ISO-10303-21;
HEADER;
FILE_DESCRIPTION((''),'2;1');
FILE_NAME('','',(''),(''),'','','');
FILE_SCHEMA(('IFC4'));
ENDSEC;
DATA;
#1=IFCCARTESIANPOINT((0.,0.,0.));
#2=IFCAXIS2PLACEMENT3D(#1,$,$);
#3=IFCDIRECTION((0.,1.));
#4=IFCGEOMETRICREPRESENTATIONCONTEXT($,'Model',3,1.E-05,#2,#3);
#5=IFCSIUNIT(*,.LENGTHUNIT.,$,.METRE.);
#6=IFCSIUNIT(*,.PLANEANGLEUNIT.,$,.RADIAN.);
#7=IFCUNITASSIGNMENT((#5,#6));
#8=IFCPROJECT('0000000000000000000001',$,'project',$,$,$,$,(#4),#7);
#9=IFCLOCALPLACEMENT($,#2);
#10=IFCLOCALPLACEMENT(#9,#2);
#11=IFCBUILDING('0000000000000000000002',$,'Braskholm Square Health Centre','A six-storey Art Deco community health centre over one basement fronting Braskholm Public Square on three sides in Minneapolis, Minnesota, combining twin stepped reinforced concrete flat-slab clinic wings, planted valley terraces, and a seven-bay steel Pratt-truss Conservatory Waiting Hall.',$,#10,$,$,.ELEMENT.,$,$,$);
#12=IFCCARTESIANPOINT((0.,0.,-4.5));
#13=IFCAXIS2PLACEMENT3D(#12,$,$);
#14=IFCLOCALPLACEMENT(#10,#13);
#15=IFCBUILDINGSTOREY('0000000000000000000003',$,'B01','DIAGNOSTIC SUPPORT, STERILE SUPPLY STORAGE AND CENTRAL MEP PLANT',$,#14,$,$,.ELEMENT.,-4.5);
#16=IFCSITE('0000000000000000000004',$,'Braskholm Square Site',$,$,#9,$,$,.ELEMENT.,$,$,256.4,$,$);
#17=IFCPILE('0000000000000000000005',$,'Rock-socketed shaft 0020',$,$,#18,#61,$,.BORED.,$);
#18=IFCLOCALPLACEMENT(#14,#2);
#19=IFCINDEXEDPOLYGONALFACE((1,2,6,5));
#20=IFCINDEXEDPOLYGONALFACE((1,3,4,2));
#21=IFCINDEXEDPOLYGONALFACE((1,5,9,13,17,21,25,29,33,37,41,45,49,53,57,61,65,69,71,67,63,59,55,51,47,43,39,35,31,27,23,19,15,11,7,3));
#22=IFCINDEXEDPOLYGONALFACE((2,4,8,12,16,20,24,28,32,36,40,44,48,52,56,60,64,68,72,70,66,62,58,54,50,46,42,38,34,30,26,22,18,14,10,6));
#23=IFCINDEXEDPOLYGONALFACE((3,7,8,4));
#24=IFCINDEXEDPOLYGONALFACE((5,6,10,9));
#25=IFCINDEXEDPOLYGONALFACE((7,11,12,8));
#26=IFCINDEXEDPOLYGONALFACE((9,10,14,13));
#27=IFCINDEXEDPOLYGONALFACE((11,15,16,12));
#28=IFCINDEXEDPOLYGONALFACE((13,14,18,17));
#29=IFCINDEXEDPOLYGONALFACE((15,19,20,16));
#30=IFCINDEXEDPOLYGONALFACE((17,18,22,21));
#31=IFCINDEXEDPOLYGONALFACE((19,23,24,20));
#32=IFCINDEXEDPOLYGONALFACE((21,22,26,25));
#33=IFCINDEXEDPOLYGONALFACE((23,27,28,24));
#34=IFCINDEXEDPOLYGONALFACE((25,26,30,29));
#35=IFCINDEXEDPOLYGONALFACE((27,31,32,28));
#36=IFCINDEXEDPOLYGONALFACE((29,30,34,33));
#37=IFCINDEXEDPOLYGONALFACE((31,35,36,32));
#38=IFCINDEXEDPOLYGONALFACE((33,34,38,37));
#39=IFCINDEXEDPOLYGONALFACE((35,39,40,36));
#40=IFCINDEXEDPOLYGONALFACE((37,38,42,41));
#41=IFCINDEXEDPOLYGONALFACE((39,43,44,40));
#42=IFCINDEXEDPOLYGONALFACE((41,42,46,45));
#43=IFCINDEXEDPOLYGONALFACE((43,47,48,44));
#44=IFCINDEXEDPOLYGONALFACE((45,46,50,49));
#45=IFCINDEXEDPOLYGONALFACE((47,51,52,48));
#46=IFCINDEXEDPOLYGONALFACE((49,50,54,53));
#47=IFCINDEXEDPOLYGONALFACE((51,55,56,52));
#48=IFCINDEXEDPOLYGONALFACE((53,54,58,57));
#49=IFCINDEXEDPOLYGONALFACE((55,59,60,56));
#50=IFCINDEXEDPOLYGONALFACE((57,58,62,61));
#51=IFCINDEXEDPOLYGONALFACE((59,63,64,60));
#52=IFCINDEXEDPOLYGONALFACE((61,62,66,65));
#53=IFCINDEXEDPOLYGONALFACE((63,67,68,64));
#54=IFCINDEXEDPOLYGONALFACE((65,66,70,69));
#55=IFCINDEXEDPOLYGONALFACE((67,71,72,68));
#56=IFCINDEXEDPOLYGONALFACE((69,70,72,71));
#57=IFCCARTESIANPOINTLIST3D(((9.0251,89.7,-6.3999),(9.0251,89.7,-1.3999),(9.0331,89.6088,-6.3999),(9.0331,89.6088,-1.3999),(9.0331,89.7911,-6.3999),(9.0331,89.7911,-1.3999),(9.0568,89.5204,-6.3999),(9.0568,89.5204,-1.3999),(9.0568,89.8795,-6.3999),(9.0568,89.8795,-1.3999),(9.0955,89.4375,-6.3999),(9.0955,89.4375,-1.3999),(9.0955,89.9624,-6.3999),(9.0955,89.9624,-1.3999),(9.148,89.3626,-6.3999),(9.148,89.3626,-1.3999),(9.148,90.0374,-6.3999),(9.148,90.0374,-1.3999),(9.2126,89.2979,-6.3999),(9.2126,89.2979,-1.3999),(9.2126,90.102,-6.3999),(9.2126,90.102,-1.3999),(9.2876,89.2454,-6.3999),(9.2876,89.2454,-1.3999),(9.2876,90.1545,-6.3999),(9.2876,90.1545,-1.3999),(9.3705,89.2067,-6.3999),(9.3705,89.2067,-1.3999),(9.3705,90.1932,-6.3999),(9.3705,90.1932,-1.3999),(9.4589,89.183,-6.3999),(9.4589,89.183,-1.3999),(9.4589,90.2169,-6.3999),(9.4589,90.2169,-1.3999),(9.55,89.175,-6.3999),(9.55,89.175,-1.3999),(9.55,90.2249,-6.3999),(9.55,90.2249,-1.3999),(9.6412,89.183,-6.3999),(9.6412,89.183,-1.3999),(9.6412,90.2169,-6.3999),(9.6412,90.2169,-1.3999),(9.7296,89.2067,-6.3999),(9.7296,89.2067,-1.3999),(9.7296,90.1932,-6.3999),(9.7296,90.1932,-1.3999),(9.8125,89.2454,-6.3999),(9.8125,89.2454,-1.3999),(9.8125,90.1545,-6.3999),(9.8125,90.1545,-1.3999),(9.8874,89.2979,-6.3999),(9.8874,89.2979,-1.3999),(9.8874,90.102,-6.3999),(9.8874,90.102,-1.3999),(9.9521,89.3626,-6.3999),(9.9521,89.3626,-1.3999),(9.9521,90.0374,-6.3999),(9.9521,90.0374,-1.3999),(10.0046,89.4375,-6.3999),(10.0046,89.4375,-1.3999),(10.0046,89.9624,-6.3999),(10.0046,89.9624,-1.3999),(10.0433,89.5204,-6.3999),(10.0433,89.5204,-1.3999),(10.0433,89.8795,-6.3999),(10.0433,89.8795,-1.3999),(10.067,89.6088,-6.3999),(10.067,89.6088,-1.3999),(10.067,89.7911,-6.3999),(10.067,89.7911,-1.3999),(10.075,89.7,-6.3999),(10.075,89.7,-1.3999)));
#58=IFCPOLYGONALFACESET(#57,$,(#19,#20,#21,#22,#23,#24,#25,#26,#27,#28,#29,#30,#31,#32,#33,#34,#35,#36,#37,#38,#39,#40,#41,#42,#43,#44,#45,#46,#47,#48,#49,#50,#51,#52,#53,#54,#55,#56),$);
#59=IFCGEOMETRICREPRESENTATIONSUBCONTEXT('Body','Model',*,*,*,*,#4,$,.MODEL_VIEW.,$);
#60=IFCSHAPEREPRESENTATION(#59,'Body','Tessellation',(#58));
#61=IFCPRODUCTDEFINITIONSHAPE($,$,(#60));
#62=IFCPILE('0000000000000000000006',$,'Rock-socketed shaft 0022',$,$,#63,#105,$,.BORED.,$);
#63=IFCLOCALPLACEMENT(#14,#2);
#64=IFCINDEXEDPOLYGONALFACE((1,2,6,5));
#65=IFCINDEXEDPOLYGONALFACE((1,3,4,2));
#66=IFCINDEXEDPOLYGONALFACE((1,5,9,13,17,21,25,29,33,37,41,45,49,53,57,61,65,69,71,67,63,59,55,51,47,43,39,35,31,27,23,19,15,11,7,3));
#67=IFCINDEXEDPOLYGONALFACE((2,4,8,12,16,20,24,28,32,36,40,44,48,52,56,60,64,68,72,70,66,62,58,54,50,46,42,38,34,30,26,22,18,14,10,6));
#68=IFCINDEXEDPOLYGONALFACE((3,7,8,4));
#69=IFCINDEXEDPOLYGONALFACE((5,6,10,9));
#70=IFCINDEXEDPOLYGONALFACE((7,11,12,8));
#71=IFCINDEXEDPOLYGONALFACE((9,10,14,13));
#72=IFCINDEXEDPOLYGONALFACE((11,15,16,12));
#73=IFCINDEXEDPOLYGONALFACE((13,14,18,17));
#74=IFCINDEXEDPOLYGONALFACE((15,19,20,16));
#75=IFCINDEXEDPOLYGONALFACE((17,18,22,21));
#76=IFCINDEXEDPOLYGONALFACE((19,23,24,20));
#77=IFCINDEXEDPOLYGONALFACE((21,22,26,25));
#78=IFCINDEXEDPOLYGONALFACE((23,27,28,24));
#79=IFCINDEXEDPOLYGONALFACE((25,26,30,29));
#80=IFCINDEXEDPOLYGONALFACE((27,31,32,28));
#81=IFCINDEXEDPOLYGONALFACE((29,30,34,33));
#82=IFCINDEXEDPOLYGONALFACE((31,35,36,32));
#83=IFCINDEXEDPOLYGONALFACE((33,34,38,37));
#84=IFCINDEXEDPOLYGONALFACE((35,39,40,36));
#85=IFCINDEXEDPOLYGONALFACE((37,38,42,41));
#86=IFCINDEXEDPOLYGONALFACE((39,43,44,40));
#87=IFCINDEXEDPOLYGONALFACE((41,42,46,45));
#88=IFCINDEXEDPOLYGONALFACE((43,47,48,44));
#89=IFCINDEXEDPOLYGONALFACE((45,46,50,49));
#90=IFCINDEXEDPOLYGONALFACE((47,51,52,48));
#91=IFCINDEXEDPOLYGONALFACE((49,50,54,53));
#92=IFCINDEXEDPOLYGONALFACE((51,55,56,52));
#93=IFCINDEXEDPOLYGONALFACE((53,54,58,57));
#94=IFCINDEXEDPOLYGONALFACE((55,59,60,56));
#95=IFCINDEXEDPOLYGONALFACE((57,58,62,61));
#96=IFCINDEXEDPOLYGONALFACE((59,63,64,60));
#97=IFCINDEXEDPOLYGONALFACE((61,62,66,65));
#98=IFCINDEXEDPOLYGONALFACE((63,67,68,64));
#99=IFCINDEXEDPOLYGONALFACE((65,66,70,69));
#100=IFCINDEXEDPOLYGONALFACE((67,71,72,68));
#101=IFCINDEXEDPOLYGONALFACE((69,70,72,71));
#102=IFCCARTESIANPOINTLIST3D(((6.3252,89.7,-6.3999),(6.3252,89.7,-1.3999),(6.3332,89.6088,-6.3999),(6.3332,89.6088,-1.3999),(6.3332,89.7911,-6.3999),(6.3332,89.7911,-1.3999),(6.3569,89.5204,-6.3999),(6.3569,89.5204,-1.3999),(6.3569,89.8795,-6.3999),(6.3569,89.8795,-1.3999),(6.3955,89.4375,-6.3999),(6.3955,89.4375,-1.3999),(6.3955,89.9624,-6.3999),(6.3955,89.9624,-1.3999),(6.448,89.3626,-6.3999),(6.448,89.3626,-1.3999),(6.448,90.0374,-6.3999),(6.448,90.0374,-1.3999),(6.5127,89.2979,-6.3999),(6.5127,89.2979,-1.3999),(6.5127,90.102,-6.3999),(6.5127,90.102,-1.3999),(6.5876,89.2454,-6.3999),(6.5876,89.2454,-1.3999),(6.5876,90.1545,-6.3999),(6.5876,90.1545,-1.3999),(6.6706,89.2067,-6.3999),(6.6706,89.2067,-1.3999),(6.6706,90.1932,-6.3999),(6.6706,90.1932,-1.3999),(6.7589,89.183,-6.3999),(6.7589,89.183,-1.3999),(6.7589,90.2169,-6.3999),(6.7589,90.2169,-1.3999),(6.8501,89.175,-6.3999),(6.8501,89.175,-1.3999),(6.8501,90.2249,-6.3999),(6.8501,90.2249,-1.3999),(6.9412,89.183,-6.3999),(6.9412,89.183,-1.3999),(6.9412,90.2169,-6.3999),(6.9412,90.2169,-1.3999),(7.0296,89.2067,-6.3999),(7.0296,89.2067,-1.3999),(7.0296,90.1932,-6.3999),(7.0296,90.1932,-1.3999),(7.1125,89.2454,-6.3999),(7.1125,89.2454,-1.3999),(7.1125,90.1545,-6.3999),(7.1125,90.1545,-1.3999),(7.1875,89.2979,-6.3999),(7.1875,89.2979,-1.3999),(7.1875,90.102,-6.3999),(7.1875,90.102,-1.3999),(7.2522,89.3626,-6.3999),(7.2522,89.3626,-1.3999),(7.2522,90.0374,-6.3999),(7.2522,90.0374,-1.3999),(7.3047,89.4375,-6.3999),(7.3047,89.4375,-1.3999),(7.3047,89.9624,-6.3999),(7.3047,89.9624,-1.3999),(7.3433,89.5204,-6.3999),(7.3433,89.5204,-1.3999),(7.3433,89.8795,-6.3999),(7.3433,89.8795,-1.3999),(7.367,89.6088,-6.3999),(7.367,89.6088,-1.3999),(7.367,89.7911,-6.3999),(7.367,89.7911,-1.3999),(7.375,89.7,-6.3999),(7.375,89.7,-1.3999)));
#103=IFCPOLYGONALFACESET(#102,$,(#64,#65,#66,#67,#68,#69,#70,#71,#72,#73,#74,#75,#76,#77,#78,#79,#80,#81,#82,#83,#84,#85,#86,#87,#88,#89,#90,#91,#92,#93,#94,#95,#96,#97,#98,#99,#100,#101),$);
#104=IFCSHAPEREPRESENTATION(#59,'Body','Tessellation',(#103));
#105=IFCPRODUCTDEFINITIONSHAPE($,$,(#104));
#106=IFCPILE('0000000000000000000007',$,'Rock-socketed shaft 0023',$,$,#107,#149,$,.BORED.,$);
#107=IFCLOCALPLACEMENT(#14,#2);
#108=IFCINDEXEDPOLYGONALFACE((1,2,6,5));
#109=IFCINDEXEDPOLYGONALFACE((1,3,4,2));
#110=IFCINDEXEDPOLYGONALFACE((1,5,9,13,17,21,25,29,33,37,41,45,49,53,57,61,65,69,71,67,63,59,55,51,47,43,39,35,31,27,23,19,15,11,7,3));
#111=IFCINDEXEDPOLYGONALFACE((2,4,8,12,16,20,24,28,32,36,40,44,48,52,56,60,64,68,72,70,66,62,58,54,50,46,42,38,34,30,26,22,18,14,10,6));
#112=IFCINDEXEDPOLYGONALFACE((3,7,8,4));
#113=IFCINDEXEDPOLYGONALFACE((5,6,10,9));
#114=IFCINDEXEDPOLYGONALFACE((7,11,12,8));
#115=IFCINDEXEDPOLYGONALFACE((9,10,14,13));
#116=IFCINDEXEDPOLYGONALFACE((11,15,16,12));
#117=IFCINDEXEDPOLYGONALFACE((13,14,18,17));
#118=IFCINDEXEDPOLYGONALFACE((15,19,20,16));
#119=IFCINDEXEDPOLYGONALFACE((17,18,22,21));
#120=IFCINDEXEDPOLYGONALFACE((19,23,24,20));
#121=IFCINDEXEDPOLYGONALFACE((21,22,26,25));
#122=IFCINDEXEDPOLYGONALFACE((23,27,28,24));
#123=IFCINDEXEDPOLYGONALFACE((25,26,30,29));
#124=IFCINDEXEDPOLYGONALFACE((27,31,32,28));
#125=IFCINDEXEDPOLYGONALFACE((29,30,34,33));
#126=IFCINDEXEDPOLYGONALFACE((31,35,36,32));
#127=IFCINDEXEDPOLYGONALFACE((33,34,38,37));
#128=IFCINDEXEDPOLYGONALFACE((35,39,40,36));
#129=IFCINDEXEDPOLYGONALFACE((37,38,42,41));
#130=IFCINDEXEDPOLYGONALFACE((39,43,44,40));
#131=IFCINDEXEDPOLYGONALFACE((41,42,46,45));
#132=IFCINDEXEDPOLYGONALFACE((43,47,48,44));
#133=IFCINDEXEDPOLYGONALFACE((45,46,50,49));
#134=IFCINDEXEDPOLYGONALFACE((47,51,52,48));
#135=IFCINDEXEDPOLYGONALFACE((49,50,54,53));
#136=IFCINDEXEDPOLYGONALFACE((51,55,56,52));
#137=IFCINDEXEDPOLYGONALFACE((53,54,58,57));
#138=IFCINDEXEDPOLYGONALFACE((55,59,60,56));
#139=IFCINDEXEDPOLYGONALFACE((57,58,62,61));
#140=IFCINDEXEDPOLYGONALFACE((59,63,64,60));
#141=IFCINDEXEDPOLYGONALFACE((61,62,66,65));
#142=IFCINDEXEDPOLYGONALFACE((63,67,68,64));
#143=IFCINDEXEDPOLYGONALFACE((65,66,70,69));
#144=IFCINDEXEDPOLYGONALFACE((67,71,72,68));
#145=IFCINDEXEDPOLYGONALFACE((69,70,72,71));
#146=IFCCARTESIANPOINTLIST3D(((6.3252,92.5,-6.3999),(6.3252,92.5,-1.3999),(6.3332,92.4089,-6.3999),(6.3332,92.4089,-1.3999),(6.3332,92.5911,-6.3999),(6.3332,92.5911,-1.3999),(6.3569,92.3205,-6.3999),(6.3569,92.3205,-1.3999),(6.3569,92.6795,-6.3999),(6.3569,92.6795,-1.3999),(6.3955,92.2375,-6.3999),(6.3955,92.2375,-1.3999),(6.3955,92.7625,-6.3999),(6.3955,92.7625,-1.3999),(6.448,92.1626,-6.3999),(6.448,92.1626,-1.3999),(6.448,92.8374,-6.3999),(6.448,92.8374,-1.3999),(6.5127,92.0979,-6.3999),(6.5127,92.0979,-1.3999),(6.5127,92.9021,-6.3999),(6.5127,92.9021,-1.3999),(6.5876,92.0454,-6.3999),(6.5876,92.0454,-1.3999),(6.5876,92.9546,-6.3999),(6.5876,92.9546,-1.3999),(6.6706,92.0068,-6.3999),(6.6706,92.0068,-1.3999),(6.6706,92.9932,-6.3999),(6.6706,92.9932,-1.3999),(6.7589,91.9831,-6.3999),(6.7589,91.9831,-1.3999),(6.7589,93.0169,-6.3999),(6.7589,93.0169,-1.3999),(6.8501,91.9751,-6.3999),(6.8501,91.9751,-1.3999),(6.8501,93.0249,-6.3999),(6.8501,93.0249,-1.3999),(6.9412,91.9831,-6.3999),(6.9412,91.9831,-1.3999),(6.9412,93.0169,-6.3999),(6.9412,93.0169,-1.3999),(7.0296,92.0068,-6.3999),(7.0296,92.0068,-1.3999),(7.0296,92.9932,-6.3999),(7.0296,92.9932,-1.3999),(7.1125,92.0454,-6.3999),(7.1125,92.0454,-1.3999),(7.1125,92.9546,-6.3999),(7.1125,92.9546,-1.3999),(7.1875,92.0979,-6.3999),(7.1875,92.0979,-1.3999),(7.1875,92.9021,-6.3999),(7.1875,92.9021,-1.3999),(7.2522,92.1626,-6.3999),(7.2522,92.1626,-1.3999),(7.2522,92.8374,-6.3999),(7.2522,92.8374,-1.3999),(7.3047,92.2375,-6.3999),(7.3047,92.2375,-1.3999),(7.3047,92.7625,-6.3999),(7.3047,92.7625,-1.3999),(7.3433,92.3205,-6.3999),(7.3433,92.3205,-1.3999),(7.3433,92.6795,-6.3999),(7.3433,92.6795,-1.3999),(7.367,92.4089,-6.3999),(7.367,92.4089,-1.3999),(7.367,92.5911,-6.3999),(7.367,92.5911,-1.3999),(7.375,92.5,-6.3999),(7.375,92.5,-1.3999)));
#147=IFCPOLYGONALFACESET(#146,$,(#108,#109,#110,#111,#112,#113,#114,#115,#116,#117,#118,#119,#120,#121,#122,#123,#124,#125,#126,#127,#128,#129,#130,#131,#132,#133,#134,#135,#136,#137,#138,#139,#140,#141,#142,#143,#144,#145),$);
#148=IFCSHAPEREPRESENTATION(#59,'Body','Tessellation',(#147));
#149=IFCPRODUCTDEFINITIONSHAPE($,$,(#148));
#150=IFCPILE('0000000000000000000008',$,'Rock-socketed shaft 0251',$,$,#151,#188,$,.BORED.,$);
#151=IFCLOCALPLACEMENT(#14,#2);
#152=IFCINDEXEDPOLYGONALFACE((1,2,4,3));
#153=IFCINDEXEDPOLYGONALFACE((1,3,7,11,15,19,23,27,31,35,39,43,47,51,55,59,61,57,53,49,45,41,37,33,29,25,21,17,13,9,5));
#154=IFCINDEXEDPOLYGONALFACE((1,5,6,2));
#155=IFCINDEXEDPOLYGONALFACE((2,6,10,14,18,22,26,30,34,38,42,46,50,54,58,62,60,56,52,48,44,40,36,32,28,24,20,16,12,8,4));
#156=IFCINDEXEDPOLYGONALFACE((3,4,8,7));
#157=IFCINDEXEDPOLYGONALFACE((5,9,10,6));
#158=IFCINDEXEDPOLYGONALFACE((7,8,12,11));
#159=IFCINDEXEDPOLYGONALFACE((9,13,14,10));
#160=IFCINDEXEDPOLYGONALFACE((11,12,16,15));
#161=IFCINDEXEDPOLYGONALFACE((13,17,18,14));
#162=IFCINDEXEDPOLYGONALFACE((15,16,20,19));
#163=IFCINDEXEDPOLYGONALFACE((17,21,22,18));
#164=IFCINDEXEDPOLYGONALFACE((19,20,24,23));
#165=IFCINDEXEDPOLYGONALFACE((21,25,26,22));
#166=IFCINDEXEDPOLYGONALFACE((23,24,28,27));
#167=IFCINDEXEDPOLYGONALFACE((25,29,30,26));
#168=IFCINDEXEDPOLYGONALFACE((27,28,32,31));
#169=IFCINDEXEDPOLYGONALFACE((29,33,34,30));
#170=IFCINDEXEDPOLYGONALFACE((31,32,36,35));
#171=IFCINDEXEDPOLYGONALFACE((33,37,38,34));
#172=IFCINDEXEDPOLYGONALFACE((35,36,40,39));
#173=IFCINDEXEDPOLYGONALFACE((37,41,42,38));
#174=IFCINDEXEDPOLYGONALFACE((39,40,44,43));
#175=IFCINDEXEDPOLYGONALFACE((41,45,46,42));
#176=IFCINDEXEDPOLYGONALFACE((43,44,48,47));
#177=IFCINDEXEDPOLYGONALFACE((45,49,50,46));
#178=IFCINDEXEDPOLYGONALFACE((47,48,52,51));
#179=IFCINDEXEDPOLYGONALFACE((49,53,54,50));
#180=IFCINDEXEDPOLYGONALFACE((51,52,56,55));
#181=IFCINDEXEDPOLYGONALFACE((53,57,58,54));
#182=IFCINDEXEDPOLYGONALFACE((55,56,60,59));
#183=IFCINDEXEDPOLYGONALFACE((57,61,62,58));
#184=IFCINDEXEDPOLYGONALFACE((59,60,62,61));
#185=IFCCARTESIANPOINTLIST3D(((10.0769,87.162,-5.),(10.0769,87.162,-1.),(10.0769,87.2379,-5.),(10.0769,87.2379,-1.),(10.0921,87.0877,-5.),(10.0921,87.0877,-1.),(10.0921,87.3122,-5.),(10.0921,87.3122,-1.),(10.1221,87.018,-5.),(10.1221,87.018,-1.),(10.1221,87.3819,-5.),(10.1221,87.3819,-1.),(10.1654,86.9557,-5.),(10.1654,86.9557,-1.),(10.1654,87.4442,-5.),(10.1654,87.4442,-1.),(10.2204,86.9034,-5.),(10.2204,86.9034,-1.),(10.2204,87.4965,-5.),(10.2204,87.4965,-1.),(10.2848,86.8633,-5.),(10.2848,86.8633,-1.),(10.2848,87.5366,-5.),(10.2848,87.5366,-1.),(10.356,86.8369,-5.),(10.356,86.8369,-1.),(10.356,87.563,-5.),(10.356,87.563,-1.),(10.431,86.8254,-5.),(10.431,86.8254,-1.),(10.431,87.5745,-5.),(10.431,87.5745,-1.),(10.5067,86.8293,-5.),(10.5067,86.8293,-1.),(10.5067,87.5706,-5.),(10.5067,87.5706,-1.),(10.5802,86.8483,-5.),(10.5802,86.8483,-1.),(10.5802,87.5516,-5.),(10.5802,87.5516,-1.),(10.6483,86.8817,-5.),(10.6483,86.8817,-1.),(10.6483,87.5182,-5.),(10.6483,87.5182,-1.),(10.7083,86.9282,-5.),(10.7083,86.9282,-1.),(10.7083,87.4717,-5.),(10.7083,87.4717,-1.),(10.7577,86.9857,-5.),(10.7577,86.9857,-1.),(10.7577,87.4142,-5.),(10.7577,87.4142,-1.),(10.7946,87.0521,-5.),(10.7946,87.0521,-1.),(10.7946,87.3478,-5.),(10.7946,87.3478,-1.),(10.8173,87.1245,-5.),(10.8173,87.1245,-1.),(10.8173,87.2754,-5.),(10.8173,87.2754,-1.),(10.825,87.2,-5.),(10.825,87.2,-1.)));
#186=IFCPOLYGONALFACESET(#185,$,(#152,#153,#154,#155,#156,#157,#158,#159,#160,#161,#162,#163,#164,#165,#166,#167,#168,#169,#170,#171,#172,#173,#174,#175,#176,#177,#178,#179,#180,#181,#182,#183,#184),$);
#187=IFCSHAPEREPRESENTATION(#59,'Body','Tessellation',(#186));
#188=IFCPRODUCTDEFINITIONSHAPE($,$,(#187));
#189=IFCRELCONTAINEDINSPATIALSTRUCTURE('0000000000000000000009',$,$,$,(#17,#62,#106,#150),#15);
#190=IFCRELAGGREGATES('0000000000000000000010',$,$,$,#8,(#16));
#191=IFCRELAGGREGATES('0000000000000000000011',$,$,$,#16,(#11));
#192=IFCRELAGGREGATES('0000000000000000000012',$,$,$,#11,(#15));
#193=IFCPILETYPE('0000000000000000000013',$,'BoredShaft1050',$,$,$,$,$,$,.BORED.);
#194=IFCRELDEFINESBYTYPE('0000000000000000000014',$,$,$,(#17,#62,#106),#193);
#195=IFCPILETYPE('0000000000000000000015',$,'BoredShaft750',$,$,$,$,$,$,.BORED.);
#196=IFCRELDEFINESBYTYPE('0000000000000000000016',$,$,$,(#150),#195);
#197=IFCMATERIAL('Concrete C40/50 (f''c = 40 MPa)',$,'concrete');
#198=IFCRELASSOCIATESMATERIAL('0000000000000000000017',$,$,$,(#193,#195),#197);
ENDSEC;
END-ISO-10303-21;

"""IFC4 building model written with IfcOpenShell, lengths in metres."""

from ifc_helpers import new_model, si_unit, direction, frame, origin, origin_2d, place, context, subcontext, project, spatial, circle, extrude, material, material_profile, profile_set, type_object, element, save


model = new_model("IFC4")

# Units and contexts
model_context = context("Model", 3, precision=1e-05, world=origin(), true_north=direction((0.0, 1.0)))
body_context = subcontext(model_context, "Body", "Model", "MODEL_VIEW")
ifc_project = project(units=[si_unit("LENGTHUNIT", "METRE"), si_unit("PLANEANGLEUNIT", "RADIAN")], contexts=[model_context])

# Site, building, storey
site_placement = place(None, origin())
site = spatial("IfcSite", under=ifc_project, at=site_placement, Name="Braskholm Square Site", CompositionType="ELEMENT", RefElevation=256.4)
building_placement = place(site_placement, origin())
building = spatial("IfcBuilding", under=site, at=building_placement, Name="Braskholm Square Health Centre", Description="A six-storey Art Deco community health centre over one basement fronting Braskholm Public Square on three sides in Minneapolis, Minnesota, combining twin stepped reinforced concrete flat-slab clinic wings, planted valley terraces, and a seven-bay steel Pratt-truss Conservatory Waiting Hall.", CompositionType="ELEMENT")
storey_placement = place(building_placement, frame((0.0, 0.0, -4.5)))
storey = spatial("IfcBuildingStorey", under=building, at=storey_placement, Name="B01", Description="DIAGNOSTIC SUPPORT, STERILE SUPPLY STORAGE AND CENTRAL MEP PLANT", CompositionType="ELEMENT", Elevation=-4.5)

# Piles
ifc_material_1 = material(Name="Concrete C40/50 (f'c = 40 MPa)", Category="concrete")
ifc_material_profile_1 = material_profile(ifc_material_1, circle(Radius=0.5249, at=origin_2d()), Name="BORED-PILE-1050")
ifc_profile_set_1 = profile_set([ifc_material_profile_1], Name="Concrete C40/50 (f'c = 40 MPa)")
pile_type_1 = type_object("IfcPileType", Name="BoredShaft1050", PredefinedType="BORED", material=ifc_profile_set_1)
for number, where, z_axis, x_axis, name in (
    (1, (9.55, 89.7, -1.3999), (0.0, 0.0, -1.0), (1.0, 0.0, 0.0), "Rock-socketed shaft 0020"),
    (2, (6.8501, 89.7, -1.3999), (0.0, 0.0, -1.0), (1.0, 0.0, 0.0), "Rock-socketed shaft 0022"),
    (3, (6.8501, 92.5, -1.3999), (0.0, 0.0, -1.0), (1.0, 0.0, 0.0), "Rock-socketed shaft 0023"),
):
    element("IfcPile", number, at=place(storey_placement, frame(where, z_axis=z_axis, x_axis=x_axis)), inside=storey, type_object=pile_type_1, Name=name, PredefinedType="BORED", context=body_context, shape_type="SweptSolid", body=[
        extrude(circle(Radius=0.5249, at=origin_2d()), origin(), (0.0, 0.0, 1.0), 5.0),
    ])
ifc_material_profile_2 = material_profile(ifc_material_1, circle(Radius=0.375, at=origin_2d()), Name="BORED-PILE-750")
ifc_profile_set_2 = profile_set([ifc_material_profile_2], Name="Concrete C40/50 (f'c = 40 MPa)")
pile_type_2 = type_object("IfcPileType", Name="BoredShaft750", PredefinedType="BORED", material=ifc_profile_set_2)
pile_placement = place(storey_placement, frame((10.45, 87.2, -1.0), z_axis=(0.0, 0.0, -1.0), x_axis=(1.0, 0.0, 0.0)))
element("IfcPile", 4, at=pile_placement, inside=storey, type_object=pile_type_2, Name="Rock-socketed shaft 0251", PredefinedType="BORED", context=body_context, shape_type="SweptSolid", body=[
    extrude(circle(Radius=0.375, at=origin_2d()), origin(), (0.0, 0.0, 1.0), 4.0),
])

save(model, "model.ifc")
